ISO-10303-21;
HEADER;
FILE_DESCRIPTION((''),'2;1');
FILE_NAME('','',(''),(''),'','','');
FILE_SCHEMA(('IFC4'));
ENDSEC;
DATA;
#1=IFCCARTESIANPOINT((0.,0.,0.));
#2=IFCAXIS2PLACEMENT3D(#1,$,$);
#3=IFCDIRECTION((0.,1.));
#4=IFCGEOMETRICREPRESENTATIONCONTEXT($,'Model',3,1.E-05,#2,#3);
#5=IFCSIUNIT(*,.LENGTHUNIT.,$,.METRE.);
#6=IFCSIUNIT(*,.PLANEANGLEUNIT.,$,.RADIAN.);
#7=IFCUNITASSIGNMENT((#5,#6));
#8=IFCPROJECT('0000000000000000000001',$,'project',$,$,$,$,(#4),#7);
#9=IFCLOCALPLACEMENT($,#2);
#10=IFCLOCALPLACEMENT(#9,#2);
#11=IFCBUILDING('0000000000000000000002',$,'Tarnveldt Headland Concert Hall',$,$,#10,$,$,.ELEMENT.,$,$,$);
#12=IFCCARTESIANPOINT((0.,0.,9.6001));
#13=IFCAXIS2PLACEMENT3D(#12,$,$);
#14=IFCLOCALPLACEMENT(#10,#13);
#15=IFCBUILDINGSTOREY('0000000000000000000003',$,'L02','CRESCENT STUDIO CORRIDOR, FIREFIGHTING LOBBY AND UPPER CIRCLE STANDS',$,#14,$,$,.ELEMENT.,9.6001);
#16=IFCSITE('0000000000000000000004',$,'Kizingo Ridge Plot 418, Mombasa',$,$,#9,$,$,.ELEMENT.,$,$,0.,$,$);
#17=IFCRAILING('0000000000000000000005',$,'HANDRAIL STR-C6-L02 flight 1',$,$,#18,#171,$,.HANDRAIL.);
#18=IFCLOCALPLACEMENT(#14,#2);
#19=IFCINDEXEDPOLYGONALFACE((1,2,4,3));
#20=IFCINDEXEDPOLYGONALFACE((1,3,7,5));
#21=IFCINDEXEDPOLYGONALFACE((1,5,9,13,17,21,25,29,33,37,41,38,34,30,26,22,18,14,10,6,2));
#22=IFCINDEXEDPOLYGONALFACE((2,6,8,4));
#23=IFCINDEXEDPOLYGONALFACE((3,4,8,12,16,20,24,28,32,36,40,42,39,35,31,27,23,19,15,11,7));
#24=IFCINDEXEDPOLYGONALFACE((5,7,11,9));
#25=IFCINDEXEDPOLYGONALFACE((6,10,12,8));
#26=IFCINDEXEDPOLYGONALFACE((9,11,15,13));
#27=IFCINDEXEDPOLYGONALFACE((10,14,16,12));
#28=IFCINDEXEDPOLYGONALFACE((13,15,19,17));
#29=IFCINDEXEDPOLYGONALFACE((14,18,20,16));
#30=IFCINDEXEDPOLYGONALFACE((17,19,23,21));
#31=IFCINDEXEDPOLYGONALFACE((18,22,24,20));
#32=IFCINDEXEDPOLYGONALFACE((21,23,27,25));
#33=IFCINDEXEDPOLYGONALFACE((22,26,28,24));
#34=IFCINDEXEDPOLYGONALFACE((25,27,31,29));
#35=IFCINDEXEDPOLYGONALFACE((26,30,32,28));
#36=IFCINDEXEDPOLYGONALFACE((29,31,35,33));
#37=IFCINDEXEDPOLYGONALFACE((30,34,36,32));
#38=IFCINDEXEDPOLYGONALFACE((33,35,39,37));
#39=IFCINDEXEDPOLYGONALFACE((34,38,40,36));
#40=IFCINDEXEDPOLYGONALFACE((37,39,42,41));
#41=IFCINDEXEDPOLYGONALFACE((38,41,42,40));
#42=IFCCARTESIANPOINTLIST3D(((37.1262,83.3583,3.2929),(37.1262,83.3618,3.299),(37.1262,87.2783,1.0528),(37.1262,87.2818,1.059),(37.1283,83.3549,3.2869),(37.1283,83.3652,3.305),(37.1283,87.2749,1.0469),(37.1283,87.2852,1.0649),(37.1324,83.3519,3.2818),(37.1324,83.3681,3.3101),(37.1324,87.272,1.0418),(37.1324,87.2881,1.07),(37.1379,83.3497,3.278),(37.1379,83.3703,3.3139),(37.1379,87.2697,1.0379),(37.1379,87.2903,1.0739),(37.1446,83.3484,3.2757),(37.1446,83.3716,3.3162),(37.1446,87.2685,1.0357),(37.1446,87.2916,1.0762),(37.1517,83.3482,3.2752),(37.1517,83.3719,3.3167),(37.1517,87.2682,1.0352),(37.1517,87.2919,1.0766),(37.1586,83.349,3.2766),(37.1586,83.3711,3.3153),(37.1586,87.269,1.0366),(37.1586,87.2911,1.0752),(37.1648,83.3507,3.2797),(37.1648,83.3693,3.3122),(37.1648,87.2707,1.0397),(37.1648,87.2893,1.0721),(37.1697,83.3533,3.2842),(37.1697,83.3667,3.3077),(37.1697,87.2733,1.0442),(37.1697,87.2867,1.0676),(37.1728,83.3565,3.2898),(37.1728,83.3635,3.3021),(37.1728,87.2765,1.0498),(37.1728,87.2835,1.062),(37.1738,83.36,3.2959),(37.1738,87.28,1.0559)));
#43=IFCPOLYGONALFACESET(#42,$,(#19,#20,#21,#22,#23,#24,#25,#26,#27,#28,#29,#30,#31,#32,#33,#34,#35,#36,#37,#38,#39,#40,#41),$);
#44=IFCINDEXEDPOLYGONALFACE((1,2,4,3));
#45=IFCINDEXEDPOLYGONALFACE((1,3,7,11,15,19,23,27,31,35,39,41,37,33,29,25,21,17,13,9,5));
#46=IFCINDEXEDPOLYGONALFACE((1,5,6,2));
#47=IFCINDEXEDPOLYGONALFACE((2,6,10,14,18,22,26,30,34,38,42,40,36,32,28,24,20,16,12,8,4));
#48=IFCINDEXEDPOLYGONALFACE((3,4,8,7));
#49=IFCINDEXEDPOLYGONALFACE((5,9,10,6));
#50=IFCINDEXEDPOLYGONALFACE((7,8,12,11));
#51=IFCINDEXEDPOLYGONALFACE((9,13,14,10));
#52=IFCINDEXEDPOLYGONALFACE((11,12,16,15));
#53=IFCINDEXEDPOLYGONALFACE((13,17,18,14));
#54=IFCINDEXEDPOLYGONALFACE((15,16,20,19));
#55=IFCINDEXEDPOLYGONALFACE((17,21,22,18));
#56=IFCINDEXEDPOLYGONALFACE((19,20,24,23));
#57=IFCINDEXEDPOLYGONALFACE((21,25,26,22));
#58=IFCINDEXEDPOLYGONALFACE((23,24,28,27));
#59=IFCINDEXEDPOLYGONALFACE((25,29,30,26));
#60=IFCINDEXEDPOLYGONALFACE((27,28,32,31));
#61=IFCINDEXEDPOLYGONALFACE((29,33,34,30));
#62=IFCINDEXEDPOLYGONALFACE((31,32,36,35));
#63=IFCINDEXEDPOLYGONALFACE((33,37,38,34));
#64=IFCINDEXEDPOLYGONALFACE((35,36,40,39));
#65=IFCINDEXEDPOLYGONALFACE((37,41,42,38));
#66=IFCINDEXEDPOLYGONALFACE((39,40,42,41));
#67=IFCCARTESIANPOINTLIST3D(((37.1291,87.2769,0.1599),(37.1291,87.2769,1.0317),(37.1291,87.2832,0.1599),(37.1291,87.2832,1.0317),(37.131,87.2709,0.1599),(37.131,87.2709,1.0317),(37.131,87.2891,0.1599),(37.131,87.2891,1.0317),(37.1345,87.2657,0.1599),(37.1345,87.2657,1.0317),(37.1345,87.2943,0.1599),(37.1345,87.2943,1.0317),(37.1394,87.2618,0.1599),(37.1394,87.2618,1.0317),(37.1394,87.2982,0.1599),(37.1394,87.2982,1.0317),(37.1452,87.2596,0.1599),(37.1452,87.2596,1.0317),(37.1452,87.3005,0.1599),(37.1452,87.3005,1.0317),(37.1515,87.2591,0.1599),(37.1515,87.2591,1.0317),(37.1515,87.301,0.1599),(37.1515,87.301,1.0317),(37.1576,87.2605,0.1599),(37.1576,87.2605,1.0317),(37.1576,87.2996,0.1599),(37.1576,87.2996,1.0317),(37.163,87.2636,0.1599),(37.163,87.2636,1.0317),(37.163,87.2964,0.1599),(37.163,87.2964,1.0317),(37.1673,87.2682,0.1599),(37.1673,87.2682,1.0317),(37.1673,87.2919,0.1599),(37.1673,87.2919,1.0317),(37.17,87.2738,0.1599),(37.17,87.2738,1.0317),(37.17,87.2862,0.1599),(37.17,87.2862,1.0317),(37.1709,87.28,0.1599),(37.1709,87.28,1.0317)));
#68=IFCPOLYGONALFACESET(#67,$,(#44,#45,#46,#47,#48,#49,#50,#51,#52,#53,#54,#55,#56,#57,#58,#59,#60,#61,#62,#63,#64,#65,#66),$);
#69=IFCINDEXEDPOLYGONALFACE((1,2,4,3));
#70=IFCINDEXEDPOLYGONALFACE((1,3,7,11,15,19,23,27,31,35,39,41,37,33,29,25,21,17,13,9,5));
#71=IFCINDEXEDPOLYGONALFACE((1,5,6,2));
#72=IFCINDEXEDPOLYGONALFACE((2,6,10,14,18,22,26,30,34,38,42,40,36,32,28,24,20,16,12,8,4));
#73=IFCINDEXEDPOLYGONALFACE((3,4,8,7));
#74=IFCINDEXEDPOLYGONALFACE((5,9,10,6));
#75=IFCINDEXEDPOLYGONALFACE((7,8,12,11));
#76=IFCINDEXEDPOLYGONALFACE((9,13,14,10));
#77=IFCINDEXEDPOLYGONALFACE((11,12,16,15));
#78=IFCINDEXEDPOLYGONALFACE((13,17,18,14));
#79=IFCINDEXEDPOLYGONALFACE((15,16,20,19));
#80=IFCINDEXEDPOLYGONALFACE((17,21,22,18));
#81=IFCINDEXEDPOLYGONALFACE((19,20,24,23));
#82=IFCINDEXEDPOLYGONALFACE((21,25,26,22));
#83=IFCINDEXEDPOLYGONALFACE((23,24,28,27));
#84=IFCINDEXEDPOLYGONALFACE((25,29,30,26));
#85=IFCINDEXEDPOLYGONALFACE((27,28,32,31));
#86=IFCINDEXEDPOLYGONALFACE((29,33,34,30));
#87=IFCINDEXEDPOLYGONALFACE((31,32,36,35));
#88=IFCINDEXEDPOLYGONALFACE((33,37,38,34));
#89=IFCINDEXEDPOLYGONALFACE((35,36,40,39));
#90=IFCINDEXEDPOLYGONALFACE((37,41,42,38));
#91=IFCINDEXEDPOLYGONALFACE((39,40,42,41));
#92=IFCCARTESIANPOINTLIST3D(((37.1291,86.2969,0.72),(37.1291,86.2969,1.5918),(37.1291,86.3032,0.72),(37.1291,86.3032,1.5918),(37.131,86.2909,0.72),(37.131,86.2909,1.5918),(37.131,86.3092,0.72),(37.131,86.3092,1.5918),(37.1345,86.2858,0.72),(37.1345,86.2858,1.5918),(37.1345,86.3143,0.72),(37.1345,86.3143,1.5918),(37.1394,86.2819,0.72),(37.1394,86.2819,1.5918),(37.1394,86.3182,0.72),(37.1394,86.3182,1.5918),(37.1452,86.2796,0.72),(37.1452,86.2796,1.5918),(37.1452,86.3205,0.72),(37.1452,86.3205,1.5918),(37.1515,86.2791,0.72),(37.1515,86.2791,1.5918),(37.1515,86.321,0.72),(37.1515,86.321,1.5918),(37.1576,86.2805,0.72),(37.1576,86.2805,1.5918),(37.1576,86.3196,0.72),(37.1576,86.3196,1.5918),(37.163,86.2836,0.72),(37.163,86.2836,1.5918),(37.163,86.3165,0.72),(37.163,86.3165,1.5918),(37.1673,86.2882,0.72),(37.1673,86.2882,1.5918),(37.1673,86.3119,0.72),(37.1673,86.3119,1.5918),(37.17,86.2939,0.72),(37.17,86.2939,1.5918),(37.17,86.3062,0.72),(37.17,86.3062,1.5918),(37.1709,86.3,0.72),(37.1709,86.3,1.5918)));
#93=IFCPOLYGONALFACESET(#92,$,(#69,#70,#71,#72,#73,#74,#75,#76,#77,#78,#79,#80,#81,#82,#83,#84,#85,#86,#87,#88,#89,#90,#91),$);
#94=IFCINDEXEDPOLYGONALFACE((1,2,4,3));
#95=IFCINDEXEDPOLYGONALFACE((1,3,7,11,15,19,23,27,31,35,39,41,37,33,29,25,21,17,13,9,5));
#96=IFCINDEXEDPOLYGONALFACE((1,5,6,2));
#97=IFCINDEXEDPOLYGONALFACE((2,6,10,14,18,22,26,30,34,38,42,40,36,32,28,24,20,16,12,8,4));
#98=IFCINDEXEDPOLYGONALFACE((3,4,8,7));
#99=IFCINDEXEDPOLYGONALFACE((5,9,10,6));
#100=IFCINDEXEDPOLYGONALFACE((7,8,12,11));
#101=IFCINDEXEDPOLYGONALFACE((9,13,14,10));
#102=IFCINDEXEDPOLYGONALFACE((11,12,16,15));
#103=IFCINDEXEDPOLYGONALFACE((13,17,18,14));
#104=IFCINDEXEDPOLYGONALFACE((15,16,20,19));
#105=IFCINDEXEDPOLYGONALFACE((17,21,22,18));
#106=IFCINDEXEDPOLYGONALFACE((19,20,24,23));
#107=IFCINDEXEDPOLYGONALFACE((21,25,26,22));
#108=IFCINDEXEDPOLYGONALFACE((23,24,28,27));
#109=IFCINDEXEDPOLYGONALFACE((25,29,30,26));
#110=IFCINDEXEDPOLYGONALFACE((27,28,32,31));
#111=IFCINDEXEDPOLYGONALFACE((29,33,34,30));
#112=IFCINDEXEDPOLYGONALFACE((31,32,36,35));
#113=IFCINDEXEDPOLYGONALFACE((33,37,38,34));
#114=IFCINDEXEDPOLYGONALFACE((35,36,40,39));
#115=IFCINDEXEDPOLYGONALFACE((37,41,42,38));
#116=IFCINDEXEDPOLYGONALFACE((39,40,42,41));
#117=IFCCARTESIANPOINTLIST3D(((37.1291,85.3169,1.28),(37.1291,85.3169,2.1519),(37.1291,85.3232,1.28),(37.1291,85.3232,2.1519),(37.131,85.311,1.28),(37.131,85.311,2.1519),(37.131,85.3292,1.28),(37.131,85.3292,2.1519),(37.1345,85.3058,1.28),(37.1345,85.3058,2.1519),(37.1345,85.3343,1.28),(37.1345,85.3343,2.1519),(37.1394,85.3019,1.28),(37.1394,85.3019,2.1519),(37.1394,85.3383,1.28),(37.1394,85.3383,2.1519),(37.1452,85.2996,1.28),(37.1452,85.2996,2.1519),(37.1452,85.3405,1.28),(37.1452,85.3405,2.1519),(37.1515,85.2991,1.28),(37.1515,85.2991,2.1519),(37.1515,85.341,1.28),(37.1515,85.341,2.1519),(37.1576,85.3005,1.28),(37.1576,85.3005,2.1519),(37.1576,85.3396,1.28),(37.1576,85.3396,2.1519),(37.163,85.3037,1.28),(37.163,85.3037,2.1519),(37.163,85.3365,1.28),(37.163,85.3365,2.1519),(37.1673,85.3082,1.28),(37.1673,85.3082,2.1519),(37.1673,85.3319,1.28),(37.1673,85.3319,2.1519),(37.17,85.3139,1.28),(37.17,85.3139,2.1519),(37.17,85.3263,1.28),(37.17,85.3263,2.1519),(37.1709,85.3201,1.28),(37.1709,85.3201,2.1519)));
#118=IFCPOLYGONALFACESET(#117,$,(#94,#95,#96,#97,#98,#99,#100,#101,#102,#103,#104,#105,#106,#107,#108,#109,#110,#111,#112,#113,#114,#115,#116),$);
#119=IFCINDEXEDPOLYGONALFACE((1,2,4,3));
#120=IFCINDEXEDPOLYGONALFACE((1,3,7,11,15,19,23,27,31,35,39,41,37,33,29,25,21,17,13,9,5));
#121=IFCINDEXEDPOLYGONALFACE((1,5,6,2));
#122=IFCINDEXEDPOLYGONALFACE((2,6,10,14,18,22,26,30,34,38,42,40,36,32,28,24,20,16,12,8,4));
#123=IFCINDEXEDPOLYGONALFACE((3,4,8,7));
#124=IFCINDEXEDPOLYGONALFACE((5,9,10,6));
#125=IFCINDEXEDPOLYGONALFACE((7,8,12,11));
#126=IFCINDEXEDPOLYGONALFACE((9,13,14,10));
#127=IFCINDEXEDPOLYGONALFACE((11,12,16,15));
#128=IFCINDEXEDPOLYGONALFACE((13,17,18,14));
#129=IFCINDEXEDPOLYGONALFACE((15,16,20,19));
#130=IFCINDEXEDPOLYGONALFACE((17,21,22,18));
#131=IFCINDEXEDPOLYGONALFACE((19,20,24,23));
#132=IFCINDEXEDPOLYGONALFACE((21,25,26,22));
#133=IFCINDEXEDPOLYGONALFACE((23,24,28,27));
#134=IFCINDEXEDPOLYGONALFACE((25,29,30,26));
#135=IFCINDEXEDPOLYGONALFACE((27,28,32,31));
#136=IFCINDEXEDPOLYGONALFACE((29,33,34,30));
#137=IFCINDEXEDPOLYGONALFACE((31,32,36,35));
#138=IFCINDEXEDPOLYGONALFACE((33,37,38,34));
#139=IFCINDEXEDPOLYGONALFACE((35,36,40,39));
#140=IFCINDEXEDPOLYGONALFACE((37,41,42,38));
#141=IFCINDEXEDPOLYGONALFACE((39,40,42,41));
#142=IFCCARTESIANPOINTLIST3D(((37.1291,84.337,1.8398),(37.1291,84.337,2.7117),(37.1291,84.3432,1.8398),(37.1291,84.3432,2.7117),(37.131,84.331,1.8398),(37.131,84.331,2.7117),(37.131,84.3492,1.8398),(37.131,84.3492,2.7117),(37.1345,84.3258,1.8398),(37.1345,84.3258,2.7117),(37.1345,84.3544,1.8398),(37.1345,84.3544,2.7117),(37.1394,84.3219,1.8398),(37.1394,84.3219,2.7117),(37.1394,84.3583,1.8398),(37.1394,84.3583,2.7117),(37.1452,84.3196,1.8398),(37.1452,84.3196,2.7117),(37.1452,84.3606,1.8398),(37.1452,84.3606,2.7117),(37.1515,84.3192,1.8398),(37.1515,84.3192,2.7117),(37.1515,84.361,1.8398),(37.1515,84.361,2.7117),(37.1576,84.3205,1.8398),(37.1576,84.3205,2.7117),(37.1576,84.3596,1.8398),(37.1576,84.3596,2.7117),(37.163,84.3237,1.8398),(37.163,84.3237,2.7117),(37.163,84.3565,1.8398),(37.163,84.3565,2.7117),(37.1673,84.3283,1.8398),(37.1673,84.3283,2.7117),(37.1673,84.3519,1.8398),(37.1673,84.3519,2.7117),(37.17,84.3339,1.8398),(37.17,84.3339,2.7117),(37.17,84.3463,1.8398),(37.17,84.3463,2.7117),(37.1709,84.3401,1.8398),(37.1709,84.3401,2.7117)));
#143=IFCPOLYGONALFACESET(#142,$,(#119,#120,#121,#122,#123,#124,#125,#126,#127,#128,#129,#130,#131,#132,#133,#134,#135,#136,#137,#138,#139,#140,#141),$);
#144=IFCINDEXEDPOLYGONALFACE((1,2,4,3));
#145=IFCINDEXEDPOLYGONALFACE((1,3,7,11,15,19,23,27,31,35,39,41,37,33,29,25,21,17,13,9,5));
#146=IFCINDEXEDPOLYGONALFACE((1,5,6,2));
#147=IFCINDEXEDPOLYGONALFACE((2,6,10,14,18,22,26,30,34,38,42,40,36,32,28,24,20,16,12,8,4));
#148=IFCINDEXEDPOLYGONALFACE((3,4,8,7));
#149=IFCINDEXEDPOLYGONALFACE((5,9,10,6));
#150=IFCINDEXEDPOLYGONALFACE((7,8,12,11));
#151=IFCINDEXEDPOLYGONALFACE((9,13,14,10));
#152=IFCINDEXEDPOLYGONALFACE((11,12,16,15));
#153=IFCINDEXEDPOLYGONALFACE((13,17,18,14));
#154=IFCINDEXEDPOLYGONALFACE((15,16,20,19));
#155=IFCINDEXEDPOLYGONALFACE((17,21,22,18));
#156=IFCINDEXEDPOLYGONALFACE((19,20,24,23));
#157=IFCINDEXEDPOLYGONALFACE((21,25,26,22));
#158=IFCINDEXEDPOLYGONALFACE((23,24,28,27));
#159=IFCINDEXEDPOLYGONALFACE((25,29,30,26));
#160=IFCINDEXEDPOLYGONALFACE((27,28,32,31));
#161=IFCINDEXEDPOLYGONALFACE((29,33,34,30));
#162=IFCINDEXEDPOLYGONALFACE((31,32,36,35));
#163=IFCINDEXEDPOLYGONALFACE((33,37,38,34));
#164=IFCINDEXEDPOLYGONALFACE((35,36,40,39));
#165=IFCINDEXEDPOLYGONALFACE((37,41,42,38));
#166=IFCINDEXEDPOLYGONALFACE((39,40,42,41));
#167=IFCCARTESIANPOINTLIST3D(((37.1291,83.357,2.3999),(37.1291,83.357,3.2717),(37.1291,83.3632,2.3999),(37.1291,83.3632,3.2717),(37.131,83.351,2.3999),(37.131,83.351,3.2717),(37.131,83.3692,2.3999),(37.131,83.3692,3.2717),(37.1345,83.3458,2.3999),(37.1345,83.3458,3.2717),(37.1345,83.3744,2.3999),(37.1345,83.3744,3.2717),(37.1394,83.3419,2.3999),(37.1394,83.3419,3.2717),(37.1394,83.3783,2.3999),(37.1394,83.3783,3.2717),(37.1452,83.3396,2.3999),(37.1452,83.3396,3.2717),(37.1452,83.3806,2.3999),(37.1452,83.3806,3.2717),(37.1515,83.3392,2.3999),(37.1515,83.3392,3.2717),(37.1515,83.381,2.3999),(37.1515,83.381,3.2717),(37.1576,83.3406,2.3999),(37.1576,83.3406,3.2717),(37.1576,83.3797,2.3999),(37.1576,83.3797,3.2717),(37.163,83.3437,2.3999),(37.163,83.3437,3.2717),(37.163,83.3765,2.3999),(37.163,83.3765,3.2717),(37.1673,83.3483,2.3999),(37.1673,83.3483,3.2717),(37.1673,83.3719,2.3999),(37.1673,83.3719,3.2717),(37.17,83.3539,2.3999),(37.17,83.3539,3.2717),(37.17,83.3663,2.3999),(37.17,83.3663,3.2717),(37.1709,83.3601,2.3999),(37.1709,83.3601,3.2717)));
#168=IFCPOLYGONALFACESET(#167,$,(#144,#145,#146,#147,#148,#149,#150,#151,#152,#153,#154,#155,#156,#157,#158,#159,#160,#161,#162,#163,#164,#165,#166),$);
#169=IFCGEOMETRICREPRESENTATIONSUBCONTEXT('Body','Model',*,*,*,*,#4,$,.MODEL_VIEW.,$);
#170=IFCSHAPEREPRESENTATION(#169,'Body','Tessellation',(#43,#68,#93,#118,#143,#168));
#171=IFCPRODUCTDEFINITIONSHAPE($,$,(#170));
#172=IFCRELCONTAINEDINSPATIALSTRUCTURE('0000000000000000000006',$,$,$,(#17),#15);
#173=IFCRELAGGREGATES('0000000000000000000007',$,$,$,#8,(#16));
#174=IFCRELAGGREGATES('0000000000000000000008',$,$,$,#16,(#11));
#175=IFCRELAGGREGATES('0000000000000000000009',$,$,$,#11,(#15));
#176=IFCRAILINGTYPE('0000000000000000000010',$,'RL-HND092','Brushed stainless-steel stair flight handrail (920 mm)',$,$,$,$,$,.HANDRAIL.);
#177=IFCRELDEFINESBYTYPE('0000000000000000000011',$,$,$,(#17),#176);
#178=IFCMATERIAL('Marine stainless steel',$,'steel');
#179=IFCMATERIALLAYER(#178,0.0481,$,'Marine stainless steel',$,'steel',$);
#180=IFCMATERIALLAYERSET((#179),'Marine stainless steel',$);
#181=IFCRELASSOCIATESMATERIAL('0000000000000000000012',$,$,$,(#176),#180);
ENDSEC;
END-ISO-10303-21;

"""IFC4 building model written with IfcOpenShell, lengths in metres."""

from ifc_helpers import new_model, si_unit, direction, frame, origin, origin_2d, place, context, subcontext, project, spatial, circle, extrude, material, layer, layer_set, type_object, element, save


model = new_model("IFC4")

# Units and contexts
model_context = context("Model", 3, precision=1e-05, world=origin(), true_north=direction((0.0, 1.0)))
body_context = subcontext(model_context, "Body", "Model", "MODEL_VIEW")
ifc_project = project(units=[si_unit("LENGTHUNIT", "METRE"), si_unit("PLANEANGLEUNIT", "RADIAN")], contexts=[model_context])

# Site, building, storey
site_placement = place(None, origin())
site = spatial("IfcSite", under=ifc_project, at=site_placement, Name="Kizingo Ridge Plot 418, Mombasa", CompositionType="ELEMENT", RefElevation=0.0)
building_placement = place(site_placement, origin())
building = spatial("IfcBuilding", under=site, at=building_placement, Name="Tarnveldt Headland Concert Hall", CompositionType="ELEMENT")
storey_placement = place(building_placement, frame((0.0, 0.0, 9.6001)))
storey = spatial("IfcBuildingStorey", under=building, at=storey_placement, Name="L02", Description="CRESCENT STUDIO CORRIDOR, FIREFIGHTING LOBBY AND UPPER CIRCLE STANDS", CompositionType="ELEMENT", Elevation=9.6001)

# Railing
ifc_material_1 = material(Name="Marine stainless steel", Category="steel")
ifc_layer_1 = layer(ifc_material_1, 0.0481, Name="Marine stainless steel", Category="steel")
ifc_layer_set_1 = layer_set([ifc_layer_1], Name="Marine stainless steel")
railing_type_1 = type_object("IfcRailingType", Name="RL-HND092", Description="Brushed stainless-steel stair flight handrail (920 mm)", PredefinedType="HANDRAIL", material=ifc_layer_set_1)
railing_1_placement = place(storey_placement, frame((37.1499, 87.28, 0.1599)))
element("IfcRailing", 1, at=railing_1_placement, inside=storey, type_object=railing_type_1, Name="HANDRAIL STR-C6-L02 flight 1", PredefinedType="HANDRAIL", context=body_context, shape_type="SweptSolid", body=[
    extrude(circle(Radius=0.0239, at=origin_2d()), frame((0.0, 0.0, 0.896), z_axis=(0.0, -0.86824, 0.496145), x_axis=(1.0, 0.0, 0.0)), (0.0, 0.0, 1.0), 4.5149),
    extrude(circle(Radius=0.021, at=origin_2d()), origin(), (0.0, 0.0, 1.0), 0.8718),
    extrude(circle(Radius=0.021, at=origin_2d()), frame((0.0, -0.98, 0.5601)), (0.0, 0.0, 1.0), 0.8718),
    extrude(circle(Radius=0.021, at=origin_2d()), frame((0.0, -1.96, 1.1201)), (0.0, 0.0, 1.0), 0.8718),
    extrude(circle(Radius=0.021, at=origin_2d()), frame((0.0, -2.9399, 1.6799)), (0.0, 0.0, 1.0), 0.8718),
    extrude(circle(Radius=0.021, at=origin_2d()), frame((0.0, -3.9199, 2.24)), (0.0, 0.0, 1.0), 0.8718),
])

save(model, "model.ifc")
